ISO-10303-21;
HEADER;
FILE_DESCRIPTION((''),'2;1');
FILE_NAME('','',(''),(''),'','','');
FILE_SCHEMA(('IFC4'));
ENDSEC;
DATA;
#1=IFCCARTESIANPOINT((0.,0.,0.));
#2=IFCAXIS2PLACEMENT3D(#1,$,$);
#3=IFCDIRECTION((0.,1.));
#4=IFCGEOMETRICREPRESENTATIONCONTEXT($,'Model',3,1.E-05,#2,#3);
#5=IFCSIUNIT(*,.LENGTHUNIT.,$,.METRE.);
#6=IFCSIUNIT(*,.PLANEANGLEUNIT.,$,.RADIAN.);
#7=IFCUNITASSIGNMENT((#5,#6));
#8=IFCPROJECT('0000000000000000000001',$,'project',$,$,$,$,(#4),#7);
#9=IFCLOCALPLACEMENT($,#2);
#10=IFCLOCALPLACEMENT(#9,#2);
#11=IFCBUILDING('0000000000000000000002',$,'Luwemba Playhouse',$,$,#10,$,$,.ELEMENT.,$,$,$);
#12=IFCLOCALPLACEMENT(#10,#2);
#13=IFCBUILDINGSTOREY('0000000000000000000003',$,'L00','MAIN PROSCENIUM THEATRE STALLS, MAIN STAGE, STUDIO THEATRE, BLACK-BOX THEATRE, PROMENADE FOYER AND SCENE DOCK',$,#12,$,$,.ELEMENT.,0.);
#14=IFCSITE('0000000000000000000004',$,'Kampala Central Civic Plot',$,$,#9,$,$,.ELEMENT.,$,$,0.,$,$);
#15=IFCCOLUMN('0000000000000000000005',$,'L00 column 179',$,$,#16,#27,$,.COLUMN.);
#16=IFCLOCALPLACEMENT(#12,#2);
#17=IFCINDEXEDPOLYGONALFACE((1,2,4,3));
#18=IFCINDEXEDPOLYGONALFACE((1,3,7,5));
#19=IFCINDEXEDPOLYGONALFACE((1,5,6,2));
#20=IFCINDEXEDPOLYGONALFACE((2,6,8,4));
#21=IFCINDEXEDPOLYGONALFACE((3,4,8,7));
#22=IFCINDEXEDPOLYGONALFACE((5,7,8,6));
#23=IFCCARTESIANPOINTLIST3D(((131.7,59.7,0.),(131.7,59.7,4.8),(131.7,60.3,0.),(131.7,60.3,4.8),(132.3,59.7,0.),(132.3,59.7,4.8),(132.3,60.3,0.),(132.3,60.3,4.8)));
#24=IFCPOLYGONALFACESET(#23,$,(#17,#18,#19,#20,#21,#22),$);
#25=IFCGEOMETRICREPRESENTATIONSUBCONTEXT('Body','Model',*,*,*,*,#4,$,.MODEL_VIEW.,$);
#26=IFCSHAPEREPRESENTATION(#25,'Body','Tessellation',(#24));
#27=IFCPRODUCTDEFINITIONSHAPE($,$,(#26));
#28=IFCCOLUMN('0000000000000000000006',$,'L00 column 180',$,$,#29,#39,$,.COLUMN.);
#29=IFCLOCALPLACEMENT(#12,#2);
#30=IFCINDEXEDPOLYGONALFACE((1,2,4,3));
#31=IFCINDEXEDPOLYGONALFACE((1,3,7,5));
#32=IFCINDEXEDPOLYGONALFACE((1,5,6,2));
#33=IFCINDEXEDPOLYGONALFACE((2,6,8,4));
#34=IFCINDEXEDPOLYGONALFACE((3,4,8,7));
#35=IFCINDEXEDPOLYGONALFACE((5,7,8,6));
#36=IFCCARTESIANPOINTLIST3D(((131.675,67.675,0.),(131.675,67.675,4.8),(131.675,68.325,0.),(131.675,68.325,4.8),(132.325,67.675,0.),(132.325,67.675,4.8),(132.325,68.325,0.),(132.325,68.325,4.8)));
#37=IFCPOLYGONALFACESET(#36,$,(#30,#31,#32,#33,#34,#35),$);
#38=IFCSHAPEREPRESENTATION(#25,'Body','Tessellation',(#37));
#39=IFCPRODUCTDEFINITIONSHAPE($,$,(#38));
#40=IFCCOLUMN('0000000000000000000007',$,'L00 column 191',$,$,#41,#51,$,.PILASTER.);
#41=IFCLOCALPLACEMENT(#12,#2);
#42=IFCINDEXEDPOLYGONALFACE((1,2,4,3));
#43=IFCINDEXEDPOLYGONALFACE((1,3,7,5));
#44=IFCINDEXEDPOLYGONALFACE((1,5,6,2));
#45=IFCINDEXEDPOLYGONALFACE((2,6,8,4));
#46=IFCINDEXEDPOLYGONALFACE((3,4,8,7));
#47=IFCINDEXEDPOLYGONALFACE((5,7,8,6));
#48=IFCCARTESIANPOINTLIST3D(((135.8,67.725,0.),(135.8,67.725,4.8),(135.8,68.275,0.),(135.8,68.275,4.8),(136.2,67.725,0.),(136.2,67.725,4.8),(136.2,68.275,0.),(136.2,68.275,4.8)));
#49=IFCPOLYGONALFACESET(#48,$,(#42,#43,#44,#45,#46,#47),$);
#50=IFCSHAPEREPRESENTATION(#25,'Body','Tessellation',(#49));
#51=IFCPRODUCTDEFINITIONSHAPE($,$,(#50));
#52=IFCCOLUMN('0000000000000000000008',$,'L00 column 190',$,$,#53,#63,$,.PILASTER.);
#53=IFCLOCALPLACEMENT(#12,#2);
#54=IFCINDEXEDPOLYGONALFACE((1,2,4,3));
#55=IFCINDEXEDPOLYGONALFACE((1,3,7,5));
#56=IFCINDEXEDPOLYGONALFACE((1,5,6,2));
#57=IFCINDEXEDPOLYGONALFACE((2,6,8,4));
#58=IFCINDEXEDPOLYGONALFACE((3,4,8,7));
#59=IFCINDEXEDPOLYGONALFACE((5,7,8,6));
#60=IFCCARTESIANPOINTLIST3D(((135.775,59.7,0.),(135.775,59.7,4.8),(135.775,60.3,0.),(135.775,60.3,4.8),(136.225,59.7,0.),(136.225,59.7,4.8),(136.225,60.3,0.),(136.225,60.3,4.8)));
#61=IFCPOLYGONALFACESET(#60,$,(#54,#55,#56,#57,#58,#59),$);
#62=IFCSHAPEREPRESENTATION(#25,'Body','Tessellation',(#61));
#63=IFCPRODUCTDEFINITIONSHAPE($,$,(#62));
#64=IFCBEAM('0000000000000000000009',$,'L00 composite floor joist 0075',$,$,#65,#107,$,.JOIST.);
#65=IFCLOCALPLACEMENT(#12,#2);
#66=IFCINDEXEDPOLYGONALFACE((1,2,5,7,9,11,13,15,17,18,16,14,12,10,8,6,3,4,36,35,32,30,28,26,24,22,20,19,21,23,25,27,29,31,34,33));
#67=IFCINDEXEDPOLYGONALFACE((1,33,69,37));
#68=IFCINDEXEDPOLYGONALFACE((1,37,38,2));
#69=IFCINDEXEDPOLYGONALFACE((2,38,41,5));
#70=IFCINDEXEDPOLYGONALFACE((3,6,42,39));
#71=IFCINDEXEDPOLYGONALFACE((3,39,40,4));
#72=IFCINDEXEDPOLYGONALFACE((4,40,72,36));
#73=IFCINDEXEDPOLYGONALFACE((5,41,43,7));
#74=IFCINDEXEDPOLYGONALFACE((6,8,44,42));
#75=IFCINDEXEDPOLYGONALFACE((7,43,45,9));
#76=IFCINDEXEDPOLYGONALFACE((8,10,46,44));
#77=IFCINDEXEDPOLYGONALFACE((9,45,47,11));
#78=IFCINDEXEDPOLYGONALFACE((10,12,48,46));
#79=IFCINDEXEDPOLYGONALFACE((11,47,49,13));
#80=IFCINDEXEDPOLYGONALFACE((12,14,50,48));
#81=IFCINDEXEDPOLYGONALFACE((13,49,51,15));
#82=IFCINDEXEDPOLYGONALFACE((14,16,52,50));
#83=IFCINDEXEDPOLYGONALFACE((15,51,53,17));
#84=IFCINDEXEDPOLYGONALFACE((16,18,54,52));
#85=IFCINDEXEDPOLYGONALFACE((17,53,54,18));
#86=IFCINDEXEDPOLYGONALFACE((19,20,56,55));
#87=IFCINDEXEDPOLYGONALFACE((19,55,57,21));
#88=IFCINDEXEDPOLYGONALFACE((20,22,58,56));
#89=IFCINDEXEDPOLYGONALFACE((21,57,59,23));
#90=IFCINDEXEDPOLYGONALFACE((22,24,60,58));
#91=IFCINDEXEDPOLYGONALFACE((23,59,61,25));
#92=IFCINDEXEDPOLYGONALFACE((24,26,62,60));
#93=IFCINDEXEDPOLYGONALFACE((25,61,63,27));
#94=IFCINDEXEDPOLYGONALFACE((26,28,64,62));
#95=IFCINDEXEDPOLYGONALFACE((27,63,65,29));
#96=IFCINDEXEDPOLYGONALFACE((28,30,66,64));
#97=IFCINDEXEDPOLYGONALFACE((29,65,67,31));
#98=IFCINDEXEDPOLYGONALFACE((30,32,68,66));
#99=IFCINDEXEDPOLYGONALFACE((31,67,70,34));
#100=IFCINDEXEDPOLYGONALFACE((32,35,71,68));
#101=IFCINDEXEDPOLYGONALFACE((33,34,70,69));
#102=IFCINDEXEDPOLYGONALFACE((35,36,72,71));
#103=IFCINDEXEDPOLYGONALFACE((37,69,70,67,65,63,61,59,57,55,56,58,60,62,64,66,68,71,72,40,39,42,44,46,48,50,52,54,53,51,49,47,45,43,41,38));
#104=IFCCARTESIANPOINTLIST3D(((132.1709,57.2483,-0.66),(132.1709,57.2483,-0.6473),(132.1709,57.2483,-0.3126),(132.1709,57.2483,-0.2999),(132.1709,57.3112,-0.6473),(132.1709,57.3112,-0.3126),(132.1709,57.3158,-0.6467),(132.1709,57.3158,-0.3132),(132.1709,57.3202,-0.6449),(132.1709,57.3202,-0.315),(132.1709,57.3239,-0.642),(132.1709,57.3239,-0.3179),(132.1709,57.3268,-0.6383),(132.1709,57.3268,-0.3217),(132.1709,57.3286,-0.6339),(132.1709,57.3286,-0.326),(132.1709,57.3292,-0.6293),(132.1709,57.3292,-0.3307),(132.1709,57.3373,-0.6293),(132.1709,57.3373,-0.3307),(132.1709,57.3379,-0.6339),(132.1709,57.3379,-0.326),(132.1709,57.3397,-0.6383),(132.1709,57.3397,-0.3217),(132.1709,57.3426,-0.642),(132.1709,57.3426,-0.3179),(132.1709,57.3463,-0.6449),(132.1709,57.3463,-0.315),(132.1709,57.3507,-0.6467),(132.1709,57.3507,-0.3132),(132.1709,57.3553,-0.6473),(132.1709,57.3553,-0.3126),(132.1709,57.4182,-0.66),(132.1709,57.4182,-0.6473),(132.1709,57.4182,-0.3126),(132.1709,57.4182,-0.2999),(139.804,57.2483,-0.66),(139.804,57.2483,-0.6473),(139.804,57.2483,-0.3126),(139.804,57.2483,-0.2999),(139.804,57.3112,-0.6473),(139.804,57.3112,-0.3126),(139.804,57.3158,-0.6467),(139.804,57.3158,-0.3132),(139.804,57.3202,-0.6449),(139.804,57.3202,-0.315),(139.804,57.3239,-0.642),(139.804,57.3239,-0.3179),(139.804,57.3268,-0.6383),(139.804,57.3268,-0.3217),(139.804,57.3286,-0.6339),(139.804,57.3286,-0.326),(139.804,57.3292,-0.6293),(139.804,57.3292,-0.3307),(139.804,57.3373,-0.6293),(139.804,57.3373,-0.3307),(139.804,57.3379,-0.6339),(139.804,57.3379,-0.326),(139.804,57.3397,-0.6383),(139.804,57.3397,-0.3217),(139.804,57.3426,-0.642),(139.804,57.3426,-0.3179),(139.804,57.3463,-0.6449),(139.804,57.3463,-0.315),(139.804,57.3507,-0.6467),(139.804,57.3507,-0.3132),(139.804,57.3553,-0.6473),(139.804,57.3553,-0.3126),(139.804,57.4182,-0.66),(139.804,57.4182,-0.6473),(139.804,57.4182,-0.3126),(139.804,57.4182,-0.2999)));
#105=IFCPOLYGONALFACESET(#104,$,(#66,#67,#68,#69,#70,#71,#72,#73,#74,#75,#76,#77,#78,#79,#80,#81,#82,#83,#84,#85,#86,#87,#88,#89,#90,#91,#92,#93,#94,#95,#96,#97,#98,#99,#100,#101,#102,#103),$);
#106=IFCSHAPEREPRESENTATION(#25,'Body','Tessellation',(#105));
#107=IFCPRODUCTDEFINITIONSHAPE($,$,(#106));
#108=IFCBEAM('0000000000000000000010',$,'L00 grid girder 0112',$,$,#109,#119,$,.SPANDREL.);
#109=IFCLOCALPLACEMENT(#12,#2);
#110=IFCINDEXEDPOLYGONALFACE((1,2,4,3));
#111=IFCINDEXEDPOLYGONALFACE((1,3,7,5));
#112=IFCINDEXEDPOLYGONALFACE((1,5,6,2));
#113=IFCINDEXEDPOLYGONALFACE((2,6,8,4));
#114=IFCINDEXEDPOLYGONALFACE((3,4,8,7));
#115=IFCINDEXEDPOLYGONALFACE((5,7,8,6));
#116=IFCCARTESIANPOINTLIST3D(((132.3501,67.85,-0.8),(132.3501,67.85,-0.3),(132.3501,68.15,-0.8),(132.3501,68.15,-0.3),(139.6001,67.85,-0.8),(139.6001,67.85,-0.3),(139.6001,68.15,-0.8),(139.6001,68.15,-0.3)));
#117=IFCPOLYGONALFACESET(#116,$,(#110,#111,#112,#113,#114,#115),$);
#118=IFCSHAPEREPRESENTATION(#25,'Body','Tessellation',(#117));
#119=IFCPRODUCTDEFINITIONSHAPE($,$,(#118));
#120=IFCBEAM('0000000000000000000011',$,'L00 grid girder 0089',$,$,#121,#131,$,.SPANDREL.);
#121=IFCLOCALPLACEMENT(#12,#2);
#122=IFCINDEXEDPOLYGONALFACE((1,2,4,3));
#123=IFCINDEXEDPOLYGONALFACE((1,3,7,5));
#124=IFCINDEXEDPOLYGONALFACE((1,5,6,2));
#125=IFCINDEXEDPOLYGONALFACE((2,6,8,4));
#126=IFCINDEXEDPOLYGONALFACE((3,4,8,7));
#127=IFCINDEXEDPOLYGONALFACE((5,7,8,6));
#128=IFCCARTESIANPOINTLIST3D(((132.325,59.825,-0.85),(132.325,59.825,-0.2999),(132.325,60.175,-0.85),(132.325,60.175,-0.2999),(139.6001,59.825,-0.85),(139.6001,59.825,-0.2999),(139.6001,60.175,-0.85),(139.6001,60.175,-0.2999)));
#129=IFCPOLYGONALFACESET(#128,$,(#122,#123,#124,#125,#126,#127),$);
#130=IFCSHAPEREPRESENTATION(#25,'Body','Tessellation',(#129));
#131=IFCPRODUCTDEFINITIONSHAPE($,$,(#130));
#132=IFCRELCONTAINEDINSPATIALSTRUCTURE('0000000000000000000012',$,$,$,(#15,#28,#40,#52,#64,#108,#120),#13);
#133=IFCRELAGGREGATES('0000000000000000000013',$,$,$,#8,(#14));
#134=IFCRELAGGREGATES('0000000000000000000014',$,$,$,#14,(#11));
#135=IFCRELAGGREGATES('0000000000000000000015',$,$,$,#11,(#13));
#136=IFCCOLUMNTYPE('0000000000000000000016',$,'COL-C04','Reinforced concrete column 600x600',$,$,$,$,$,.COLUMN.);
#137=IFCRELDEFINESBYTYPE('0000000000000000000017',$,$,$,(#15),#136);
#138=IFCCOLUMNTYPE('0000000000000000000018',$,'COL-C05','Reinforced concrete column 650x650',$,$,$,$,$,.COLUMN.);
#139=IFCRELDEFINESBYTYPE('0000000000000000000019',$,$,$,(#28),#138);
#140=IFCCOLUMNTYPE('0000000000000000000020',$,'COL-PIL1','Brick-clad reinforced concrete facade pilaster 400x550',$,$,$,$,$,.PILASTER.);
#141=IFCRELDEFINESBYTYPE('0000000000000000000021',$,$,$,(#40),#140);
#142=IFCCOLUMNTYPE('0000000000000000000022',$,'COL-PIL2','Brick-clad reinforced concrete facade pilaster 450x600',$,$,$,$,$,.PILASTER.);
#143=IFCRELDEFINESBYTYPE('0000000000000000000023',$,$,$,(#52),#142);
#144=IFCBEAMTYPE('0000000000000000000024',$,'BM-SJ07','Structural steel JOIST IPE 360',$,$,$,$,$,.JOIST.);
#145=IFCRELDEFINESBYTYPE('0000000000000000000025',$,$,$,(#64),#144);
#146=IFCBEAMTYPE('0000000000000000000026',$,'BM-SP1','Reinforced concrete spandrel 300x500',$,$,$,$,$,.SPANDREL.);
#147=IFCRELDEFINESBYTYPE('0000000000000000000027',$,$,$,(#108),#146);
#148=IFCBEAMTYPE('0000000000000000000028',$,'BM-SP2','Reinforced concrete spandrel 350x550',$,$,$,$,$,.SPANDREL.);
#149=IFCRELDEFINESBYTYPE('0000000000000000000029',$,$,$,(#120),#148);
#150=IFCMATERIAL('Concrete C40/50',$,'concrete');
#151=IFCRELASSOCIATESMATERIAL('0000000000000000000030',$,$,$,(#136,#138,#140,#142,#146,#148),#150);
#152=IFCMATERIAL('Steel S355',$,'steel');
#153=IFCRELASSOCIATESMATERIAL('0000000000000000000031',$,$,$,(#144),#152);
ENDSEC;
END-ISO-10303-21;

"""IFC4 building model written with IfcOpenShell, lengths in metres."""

from ifc_helpers import new_model, si_unit, direction, frame, origin, origin_2d, place, context, subcontext, project, spatial, rectangle, i_section, extrude, material, material_profile, profile_set, type_object, element, save


model = new_model("IFC4")

# Units and contexts
model_context = context("Model", 3, precision=1e-05, world=origin(), true_north=direction((0.0, 1.0)))
body_context = subcontext(model_context, "Body", "Model", "MODEL_VIEW")
ifc_project = project(units=[si_unit("LENGTHUNIT", "METRE"), si_unit("PLANEANGLEUNIT", "RADIAN")], contexts=[model_context])

# Site, building, storey
site_placement = place(None, origin())
site = spatial("IfcSite", under=ifc_project, at=site_placement, Name="Kampala Central Civic Plot", CompositionType="ELEMENT", RefElevation=0.0)
building_placement = place(site_placement, origin())
building = spatial("IfcBuilding", under=site, at=building_placement, Name="Luwemba Playhouse", CompositionType="ELEMENT")
storey_placement = place(building_placement, origin())
storey = spatial("IfcBuildingStorey", under=building, at=storey_placement, Name="L00", Description="MAIN PROSCENIUM THEATRE STALLS, MAIN STAGE, STUDIO THEATRE, BLACK-BOX THEATRE, PROMENADE FOYER AND SCENE DOCK", CompositionType="ELEMENT", Elevation=0.0)

# Columns
ifc_material_1 = material(Name="Concrete C40/50", Category="concrete")
ifc_material_profile_1 = material_profile(ifc_material_1, rectangle(XDim=0.6001, YDim=0.6001, at=origin_2d()))
ifc_profile_set_1 = profile_set([ifc_material_profile_1], Name="Concrete C40/50")
column_type_1 = type_object("IfcColumnType", Name="COL-C04", Description="Reinforced concrete column 600x600", PredefinedType="COLUMN", material=ifc_profile_set_1)
column_1_placement = place(storey_placement, frame((132.0, 60.0, 0.0), z_axis=(0.0, 0.0, 1.0), x_axis=(1.0, 0.0, 0.0)))
element("IfcColumn", 1, at=column_1_placement, inside=storey, type_object=column_type_1, Name="L00 column 179", PredefinedType="COLUMN", context=body_context, shape_type="SweptSolid", body=[
    extrude(rectangle(XDim=0.6001, YDim=0.6001, at=origin_2d()), origin(), (0.0, 0.0, 1.0), 4.8),
])
ifc_material_profile_2 = material_profile(ifc_material_1, rectangle(XDim=0.6499, YDim=0.6499, at=origin_2d()))
ifc_profile_set_2 = profile_set([ifc_material_profile_2], Name="Concrete C40/50")
column_type_2 = type_object("IfcColumnType", Name="COL-C05", Description="Reinforced concrete column 650x650", PredefinedType="COLUMN", material=ifc_profile_set_2)
column_2_placement = place(storey_placement, frame((132.0, 68.0, 0.0), z_axis=(0.0, 0.0, 1.0), x_axis=(1.0, 0.0, 0.0)))
element("IfcColumn", 2, at=column_2_placement, inside=storey, type_object=column_type_2, Name="L00 column 180", PredefinedType="COLUMN", context=body_context, shape_type="SweptSolid", body=[
    extrude(rectangle(XDim=0.6499, YDim=0.6499, at=origin_2d()), origin(), (0.0, 0.0, 1.0), 4.8),
])
ifc_material_profile_3 = material_profile(ifc_material_1, rectangle(XDim=0.3999, YDim=0.55, at=origin_2d()))
ifc_profile_set_3 = profile_set([ifc_material_profile_3], Name="Concrete C40/50")
column_type_3 = type_object("IfcColumnType", Name="COL-PIL1", Description="Brick-clad reinforced concrete facade pilaster 400x550", PredefinedType="PILASTER", material=ifc_profile_set_3)
column_3_placement = place(storey_placement, frame((136.0, 68.0, 0.0), z_axis=(0.0, 0.0, 1.0), x_axis=(1.0, 0.0, 0.0)))
element("IfcColumn", 3, at=column_3_placement, inside=storey, type_object=column_type_3, Name="L00 column 191", PredefinedType="PILASTER", context=body_context, shape_type="SweptSolid", body=[
    extrude(rectangle(XDim=0.3999, YDim=0.55, at=origin_2d()), origin(), (0.0, 0.0, 1.0), 4.8),
])
ifc_material_profile_4 = material_profile(ifc_material_1, rectangle(XDim=0.45, YDim=0.6001, at=origin_2d()))
ifc_profile_set_4 = profile_set([ifc_material_profile_4], Name="Concrete C40/50")
column_type_4 = type_object("IfcColumnType", Name="COL-PIL2", Description="Brick-clad reinforced concrete facade pilaster 450x600", PredefinedType="PILASTER", material=ifc_profile_set_4)
column_4_placement = place(storey_placement, frame((136.0, 60.0, 0.0), z_axis=(0.0, 0.0, 1.0), x_axis=(1.0, 0.0, 0.0)))
element("IfcColumn", 4, at=column_4_placement, inside=storey, type_object=column_type_4, Name="L00 column 190", PredefinedType="PILASTER", context=body_context, shape_type="SweptSolid", body=[
    extrude(rectangle(XDim=0.45, YDim=0.6001, at=origin_2d()), origin(), (0.0, 0.0, 1.0), 4.8),
])

# Beams
ifc_material_2 = material(Name="Steel S355", Category="steel")
ifc_material_profile_5 = material_profile(ifc_material_2, i_section(OverallWidth=0.1699, OverallDepth=0.3601, WebThickness=0.0081, FlangeThickness=0.0127, FilletRadius=0.0181, at=origin_2d()))
ifc_profile_set_5 = profile_set([ifc_material_profile_5], Name="Steel S355")
beam_type_1 = type_object("IfcBeamType", Name="BM-SJ07", Description="Structural steel JOIST IPE 360", PredefinedType="JOIST", material=ifc_profile_set_5)
beam_1_placement = place(storey_placement, frame((132.1709, 57.3333, -0.48), z_axis=(1.0, 0.0, 0.0), x_axis=(0.0, 1.0, 0.0)))
element("IfcBeam", 5, at=beam_1_placement, inside=storey, type_object=beam_type_1, Name="L00 composite floor joist 0075", PredefinedType="JOIST", context=body_context, shape_type="SweptSolid", body=[
    extrude(i_section(OverallWidth=0.1699, OverallDepth=0.3601, WebThickness=0.0081, FlangeThickness=0.0127, FilletRadius=0.0181, at=origin_2d()), origin(), (0.0, 0.0, 1.0), 7.6331),
])
ifc_material_profile_6 = material_profile(ifc_material_1, rectangle(XDim=0.3, YDim=0.5, at=origin_2d()))
ifc_profile_set_6 = profile_set([ifc_material_profile_6], Name="Concrete C40/50")
beam_type_2 = type_object("IfcBeamType", Name="BM-SP1", Description="Reinforced concrete spandrel 300x500", PredefinedType="SPANDREL", material=ifc_profile_set_6)
beam_2_placement = place(storey_placement, frame((132.3501, 68.0, -0.55), z_axis=(1.0, 0.0, 0.0), x_axis=(0.0, 1.0, 0.0)))
element("IfcBeam", 6, at=beam_2_placement, inside=storey, type_object=beam_type_2, Name="L00 grid girder 0112", PredefinedType="SPANDREL", context=body_context, shape_type="SweptSolid", body=[
    extrude(rectangle(XDim=0.3, YDim=0.5, at=origin_2d()), origin(), (0.0, 0.0, 1.0), 7.25),
])
ifc_material_profile_7 = material_profile(ifc_material_1, rectangle(XDim=0.3501, YDim=0.55, at=origin_2d()))
ifc_profile_set_7 = profile_set([ifc_material_profile_7], Name="Concrete C40/50")
beam_type_3 = type_object("IfcBeamType", Name="BM-SP2", Description="Reinforced concrete spandrel 350x550", PredefinedType="SPANDREL", material=ifc_profile_set_7)
beam_3_placement = place(storey_placement, frame((132.325, 60.0, -0.575), z_axis=(1.0, 0.0, 0.0), x_axis=(0.0, 1.0, 0.0)))
element("IfcBeam", 7, at=beam_3_placement, inside=storey, type_object=beam_type_3, Name="L00 grid girder 0089", PredefinedType="SPANDREL", context=body_context, shape_type="SweptSolid", body=[
    extrude(rectangle(XDim=0.3501, YDim=0.55, at=origin_2d()), origin(), (0.0, 0.0, 1.0), 7.2751),
])

save(model, "model.ifc")
